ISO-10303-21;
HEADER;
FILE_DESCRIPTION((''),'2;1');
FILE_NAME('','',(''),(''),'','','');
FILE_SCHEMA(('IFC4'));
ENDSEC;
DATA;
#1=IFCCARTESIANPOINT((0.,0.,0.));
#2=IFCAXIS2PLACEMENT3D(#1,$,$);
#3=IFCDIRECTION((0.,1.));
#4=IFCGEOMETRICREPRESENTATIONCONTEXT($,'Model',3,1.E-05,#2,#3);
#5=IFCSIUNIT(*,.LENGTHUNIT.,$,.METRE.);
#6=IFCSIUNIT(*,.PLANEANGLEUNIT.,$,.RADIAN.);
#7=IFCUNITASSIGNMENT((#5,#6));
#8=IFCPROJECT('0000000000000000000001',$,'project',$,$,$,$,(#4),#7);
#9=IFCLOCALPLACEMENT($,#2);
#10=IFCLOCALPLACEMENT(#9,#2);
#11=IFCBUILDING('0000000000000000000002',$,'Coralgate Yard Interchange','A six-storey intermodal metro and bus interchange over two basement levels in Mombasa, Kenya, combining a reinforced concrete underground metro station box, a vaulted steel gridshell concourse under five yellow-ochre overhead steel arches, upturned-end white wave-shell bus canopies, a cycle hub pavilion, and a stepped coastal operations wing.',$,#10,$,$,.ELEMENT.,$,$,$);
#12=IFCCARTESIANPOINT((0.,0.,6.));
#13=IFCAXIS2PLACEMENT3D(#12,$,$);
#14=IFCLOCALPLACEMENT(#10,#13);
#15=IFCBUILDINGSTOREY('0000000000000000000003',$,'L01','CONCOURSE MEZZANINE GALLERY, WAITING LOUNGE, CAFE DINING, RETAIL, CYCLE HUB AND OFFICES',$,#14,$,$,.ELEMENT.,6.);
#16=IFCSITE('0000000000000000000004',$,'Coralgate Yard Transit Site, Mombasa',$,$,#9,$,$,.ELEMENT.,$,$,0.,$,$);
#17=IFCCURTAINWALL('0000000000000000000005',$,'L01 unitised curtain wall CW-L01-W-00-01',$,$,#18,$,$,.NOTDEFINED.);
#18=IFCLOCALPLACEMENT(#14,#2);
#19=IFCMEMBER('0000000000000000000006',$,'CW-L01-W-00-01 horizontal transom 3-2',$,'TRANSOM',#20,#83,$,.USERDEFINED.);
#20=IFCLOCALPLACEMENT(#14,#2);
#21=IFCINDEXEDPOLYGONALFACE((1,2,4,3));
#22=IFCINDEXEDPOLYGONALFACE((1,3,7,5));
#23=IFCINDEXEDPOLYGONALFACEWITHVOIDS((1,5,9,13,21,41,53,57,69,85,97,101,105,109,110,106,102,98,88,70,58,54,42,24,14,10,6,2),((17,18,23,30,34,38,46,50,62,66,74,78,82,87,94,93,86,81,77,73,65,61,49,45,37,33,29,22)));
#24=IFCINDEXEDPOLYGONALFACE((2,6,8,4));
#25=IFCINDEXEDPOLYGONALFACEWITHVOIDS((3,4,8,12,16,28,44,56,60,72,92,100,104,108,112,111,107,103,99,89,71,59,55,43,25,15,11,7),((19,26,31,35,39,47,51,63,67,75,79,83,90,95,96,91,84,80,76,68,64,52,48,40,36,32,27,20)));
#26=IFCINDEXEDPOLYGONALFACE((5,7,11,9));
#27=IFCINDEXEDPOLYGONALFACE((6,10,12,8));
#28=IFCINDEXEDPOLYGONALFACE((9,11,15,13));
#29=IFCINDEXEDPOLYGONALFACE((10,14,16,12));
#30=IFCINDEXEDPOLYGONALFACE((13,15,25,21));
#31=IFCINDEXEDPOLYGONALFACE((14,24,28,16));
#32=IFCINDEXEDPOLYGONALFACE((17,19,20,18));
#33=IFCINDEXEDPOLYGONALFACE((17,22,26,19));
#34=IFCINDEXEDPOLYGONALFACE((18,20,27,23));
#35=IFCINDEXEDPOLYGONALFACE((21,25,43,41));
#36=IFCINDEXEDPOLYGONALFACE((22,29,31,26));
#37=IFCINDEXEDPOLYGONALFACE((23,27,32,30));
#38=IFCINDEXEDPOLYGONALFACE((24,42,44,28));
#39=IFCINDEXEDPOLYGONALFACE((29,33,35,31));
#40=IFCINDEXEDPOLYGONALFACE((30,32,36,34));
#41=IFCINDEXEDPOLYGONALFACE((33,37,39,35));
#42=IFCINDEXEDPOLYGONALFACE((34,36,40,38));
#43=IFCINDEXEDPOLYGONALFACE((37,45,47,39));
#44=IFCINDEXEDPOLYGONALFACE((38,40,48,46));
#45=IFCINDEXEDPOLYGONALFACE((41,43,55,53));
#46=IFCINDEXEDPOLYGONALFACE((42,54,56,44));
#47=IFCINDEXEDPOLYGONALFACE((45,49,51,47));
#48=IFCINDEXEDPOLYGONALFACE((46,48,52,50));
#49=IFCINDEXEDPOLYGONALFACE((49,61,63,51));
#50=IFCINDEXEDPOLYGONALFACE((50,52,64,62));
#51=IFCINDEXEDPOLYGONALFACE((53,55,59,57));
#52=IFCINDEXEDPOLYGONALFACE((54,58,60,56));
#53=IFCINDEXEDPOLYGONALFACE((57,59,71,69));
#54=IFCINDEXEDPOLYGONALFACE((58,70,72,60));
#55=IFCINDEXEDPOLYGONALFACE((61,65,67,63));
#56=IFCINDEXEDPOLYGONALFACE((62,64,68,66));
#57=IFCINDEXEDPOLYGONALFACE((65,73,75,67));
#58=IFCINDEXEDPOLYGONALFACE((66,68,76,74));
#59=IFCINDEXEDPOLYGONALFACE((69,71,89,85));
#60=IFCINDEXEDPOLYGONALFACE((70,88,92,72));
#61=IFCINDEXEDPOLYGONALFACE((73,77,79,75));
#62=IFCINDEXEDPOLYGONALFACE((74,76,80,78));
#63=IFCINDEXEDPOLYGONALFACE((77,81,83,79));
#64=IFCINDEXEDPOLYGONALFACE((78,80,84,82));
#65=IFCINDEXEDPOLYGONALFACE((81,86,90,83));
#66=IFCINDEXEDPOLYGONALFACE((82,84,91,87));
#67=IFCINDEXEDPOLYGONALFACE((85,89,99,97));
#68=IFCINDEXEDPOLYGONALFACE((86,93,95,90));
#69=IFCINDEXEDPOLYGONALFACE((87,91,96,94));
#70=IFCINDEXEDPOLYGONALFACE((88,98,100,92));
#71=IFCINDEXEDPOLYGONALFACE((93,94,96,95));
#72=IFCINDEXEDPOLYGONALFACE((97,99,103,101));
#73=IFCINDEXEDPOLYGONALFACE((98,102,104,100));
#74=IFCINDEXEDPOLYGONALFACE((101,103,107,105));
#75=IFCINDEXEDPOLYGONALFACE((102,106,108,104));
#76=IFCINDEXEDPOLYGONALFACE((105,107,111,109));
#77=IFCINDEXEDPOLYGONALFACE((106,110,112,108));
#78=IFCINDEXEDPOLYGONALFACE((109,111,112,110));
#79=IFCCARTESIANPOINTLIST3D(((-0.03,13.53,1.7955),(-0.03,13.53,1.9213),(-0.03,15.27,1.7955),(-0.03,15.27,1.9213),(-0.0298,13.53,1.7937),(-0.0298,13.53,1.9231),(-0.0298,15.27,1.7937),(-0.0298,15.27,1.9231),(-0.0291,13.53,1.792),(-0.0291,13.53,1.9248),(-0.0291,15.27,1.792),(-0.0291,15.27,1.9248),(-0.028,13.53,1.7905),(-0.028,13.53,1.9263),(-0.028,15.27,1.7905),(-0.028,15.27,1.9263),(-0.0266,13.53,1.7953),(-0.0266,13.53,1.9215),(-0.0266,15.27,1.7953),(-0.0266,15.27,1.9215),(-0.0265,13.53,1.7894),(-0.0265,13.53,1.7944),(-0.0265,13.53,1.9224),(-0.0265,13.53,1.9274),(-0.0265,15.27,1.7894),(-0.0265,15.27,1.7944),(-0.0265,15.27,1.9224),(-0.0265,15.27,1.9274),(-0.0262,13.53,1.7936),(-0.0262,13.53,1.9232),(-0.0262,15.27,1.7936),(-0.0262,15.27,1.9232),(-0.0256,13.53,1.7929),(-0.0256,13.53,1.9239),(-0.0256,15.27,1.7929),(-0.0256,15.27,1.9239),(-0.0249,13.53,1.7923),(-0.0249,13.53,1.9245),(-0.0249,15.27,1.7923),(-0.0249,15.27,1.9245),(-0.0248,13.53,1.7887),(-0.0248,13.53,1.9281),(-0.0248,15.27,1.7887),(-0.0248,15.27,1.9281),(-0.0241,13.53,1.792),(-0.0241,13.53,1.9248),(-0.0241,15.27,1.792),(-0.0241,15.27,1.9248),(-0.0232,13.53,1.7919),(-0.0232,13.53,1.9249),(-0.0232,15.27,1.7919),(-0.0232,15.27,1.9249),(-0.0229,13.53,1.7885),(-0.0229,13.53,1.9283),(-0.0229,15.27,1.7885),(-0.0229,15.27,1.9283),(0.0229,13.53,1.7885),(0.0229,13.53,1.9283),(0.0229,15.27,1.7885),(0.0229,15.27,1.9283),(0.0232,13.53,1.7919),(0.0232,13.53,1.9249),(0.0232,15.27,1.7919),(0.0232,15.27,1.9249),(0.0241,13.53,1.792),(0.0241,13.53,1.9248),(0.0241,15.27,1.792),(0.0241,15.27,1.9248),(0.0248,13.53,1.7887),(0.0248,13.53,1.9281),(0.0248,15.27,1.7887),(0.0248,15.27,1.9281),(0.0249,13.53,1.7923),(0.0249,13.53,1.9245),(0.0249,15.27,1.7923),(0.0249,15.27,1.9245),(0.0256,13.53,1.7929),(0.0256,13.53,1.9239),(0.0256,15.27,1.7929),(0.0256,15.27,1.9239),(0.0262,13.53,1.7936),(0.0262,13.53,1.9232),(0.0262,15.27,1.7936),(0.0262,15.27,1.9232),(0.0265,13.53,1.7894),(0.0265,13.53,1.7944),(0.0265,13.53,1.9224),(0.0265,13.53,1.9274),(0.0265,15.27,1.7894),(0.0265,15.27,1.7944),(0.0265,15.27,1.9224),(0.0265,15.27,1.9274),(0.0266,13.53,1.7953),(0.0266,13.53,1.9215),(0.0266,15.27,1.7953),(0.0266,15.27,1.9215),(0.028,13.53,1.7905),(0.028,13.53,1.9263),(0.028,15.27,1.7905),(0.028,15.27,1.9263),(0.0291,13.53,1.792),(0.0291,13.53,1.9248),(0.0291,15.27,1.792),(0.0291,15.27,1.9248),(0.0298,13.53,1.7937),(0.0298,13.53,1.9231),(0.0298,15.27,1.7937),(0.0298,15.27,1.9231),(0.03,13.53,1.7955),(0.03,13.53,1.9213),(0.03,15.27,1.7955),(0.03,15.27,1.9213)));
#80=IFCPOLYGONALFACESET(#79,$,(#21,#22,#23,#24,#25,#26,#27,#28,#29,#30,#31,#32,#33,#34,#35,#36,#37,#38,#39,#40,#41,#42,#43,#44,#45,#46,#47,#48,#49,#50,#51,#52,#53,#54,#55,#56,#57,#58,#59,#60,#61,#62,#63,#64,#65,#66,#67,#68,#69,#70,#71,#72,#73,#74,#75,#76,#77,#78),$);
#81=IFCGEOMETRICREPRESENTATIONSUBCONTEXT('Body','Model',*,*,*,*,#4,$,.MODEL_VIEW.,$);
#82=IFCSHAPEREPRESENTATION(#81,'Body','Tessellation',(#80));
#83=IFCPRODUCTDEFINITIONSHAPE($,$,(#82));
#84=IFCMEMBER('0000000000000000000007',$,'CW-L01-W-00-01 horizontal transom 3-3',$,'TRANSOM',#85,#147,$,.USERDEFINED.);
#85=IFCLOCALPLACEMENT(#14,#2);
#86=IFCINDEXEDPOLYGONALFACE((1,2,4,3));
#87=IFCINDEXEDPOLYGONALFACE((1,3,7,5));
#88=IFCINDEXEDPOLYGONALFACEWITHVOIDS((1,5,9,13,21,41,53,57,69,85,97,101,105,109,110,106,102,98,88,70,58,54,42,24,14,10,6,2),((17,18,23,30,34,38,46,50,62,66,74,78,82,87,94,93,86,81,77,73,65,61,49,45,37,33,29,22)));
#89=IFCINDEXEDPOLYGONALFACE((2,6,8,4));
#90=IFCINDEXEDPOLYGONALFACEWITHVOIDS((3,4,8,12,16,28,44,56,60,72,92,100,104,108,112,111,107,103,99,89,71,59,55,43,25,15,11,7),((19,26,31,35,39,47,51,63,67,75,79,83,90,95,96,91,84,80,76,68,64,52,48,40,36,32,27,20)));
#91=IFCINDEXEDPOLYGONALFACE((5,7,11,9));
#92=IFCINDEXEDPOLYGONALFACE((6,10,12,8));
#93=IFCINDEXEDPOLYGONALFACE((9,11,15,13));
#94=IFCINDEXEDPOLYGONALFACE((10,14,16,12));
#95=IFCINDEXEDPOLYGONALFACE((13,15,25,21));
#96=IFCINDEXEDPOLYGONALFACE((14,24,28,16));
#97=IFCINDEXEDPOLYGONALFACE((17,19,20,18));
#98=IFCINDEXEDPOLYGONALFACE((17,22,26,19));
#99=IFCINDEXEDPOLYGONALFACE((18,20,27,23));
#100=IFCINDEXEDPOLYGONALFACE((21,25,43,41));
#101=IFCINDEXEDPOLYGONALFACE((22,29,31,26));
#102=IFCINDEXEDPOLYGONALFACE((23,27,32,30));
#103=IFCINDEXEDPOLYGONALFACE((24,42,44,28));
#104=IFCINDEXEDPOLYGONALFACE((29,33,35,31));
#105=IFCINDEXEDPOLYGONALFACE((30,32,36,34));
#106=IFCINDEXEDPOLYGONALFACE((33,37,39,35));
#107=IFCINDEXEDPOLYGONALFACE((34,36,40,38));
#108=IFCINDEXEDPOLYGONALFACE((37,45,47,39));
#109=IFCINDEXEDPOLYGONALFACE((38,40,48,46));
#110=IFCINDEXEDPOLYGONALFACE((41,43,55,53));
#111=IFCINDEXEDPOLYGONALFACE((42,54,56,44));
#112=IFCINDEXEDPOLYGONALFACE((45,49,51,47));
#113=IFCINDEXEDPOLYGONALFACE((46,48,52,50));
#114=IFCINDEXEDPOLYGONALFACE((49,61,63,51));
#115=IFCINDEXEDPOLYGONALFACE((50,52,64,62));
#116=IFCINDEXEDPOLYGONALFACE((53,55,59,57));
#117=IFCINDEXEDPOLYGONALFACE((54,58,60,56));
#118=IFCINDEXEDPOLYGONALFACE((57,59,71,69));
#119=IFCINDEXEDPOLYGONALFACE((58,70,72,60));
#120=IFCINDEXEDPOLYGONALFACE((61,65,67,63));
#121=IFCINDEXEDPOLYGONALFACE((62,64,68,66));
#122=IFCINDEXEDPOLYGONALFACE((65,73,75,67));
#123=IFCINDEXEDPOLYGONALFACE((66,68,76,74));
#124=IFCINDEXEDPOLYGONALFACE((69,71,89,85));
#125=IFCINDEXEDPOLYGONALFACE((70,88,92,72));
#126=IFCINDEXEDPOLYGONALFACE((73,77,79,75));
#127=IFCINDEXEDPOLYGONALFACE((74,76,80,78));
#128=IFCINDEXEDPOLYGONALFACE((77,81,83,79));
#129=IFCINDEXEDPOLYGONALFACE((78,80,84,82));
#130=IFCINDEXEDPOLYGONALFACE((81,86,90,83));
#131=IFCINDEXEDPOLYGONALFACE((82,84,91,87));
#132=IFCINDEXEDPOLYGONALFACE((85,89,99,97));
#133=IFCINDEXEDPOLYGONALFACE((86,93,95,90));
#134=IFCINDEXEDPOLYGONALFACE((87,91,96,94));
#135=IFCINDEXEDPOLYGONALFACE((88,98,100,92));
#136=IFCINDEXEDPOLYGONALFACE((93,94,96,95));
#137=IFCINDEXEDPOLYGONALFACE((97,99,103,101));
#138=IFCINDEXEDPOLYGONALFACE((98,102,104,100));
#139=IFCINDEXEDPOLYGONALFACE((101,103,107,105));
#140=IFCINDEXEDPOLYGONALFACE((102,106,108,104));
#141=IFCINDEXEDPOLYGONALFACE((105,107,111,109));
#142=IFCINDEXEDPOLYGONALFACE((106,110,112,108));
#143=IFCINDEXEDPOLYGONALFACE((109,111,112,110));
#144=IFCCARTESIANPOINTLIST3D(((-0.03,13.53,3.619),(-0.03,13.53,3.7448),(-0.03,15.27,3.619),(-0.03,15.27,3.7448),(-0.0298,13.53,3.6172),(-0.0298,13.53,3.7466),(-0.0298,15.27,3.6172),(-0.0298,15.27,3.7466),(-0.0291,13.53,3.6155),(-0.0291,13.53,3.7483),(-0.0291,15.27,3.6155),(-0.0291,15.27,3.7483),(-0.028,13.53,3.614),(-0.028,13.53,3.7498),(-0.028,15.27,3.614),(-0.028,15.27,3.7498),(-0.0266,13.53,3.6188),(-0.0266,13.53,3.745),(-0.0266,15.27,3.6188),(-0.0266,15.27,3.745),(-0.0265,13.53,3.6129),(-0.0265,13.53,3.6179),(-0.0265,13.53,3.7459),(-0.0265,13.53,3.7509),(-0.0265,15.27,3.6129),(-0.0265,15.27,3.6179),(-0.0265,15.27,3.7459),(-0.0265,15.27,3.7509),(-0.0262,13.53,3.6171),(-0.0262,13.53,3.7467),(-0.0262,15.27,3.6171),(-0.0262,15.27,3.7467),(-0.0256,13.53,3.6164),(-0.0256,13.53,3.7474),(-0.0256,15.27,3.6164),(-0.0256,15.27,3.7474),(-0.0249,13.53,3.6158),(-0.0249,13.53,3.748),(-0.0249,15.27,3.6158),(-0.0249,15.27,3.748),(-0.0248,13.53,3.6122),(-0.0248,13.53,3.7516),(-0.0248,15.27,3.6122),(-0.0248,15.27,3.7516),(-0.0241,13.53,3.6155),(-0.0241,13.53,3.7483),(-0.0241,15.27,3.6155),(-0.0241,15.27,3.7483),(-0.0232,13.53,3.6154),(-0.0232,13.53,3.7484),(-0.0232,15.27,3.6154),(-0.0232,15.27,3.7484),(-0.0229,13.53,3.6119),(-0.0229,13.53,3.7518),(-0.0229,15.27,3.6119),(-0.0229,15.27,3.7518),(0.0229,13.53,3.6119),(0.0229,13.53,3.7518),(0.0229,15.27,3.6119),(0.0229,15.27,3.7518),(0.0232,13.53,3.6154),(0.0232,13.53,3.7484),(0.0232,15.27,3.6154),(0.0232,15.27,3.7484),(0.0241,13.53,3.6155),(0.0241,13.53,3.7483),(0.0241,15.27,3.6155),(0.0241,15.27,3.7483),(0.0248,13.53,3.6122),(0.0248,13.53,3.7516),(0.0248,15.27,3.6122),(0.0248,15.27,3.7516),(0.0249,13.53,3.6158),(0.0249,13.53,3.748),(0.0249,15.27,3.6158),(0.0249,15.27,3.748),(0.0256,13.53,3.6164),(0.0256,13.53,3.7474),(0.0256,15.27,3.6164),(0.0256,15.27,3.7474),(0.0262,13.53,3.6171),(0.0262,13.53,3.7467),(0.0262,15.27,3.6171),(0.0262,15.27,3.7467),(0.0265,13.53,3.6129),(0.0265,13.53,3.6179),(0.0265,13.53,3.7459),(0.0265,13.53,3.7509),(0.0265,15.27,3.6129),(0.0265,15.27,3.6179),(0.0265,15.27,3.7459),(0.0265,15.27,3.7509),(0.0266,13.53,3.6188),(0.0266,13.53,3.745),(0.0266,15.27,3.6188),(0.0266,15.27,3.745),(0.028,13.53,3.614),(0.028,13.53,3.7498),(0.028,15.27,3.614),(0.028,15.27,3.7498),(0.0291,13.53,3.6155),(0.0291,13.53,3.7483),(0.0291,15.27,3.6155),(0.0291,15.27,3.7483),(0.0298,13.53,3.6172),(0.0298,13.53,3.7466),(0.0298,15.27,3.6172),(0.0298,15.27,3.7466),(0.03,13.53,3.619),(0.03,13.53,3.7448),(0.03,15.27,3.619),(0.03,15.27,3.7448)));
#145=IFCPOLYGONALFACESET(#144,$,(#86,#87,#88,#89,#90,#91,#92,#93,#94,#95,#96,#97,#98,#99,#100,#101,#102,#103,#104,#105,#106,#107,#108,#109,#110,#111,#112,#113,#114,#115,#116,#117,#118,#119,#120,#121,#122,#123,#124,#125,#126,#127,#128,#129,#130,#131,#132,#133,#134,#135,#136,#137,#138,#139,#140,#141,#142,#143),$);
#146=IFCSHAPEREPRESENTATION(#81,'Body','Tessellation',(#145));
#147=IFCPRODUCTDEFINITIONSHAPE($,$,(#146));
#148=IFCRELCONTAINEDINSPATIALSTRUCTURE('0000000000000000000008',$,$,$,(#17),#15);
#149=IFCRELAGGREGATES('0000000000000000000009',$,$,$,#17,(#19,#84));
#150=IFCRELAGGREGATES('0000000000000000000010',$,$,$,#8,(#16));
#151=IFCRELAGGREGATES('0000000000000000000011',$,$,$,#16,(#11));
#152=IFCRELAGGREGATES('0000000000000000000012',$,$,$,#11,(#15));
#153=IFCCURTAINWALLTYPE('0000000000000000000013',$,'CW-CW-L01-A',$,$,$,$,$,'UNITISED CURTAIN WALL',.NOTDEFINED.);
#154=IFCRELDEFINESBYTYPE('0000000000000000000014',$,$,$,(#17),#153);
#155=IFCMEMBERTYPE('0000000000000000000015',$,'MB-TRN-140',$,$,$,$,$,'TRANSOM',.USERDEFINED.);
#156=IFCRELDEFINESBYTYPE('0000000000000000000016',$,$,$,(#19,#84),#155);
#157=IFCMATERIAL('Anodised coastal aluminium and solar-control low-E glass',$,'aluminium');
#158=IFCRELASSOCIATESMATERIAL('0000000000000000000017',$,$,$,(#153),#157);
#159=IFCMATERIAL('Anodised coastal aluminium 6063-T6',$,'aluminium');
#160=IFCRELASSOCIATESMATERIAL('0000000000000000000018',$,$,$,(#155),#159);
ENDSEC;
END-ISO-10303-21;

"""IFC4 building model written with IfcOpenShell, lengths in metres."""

from ifc_helpers import new_model, si_unit, direction, frame, origin, origin_2d, place, context, subcontext, project, spatial, hollow_rectangle, extrude, material, material_profile, profile_set, type_object, element, aggregate, save


model = new_model("IFC4")

# Units and contexts
model_context = context("Model", 3, precision=1e-05, world=origin(), true_north=direction((0.0, 1.0)))
body_context = subcontext(model_context, "Body", "Model", "MODEL_VIEW")
ifc_project = project(units=[si_unit("LENGTHUNIT", "METRE"), si_unit("PLANEANGLEUNIT", "RADIAN")], contexts=[model_context])

# Site, building, storey
site_placement = place(None, origin())
site = spatial("IfcSite", under=ifc_project, at=site_placement, Name="Coralgate Yard Transit Site, Mombasa", CompositionType="ELEMENT", RefElevation=0.0)
building_placement = place(site_placement, origin())
building = spatial("IfcBuilding", under=site, at=building_placement, Name="Coralgate Yard Interchange", Description="A six-storey intermodal metro and bus interchange over two basement levels in Mombasa, Kenya, combining a reinforced concrete underground metro station box, a vaulted steel gridshell concourse under five yellow-ochre overhead steel arches, upturned-end white wave-shell bus canopies, a cycle hub pavilion, and a stepped coastal operations wing.", CompositionType="ELEMENT")
storey_placement = place(building_placement, frame((0.0, 0.0, 6.0)))
storey = spatial("IfcBuildingStorey", under=building, at=storey_placement, Name="L01", Description="CONCOURSE MEZZANINE GALLERY, WAITING LOUNGE, CAFE DINING, RETAIL, CYCLE HUB AND OFFICES", CompositionType="ELEMENT", Elevation=6.0)

# Curtain wall, members
ifc_material_1 = material(Name="Anodised coastal aluminium and solar-control low-E glass", Category="aluminium")
curtain_wall_type = type_object("IfcCurtainWallType", Name="CW-CW-L01-A", ElementType="UNITISED CURTAIN WALL", PredefinedType="NOTDEFINED", material=ifc_material_1)
curtain_wall_placement = place(storey_placement, origin())
curtain_wall = element("IfcCurtainWall", 1, at=curtain_wall_placement, inside=storey, type_object=curtain_wall_type, Name="L01 unitised curtain wall CW-L01-W-00-01", PredefinedType="NOTDEFINED")
ifc_material_2 = material(Name="Anodised coastal aluminium 6063-T6", Category="aluminium")
ifc_material_profile_1 = material_profile(ifc_material_2, hollow_rectangle(XDim=0.0601, YDim=0.1399, WallThickness=0.0034, InnerFilletRadius=0.0034, OuterFilletRadius=0.0071, at=origin_2d()), Name="ALU 60x140x3.5")
ifc_profile_set_1 = profile_set([ifc_material_profile_1], Name="Anodised coastal aluminium 6063-T6")
member_type_1 = type_object("IfcMemberType", Name="MB-TRN-140", ElementType="TRANSOM", PredefinedType="USERDEFINED", material=ifc_profile_set_1)
member_1_placement = place(storey_placement, frame((0.0, 13.53, 1.8584), z_axis=(0.0, 1.0, 0.0), x_axis=(-1.0, 0.0, 0.0)))
member_1 = element("IfcMember", 2, at=member_1_placement, type_object=member_type_1, Name="CW-L01-W-00-01 horizontal transom 3-2", ObjectType="TRANSOM", PredefinedType="USERDEFINED", context=body_context, shape_type="SweptSolid", body=[
    extrude(hollow_rectangle(XDim=0.0601, YDim=0.1399, WallThickness=0.0034, InnerFilletRadius=0.0034, OuterFilletRadius=0.0071, at=origin_2d()), origin(), (0.0, 0.0, 1.0), 1.74),
])
member_2_placement = place(storey_placement, frame((0.0, 13.53, 3.6819), z_axis=(0.0, 1.0, 0.0), x_axis=(-1.0, 0.0, 0.0)))
member_2 = element("IfcMember", 3, at=member_2_placement, type_object=member_type_1, Name="CW-L01-W-00-01 horizontal transom 3-3", ObjectType="TRANSOM", PredefinedType="USERDEFINED", context=body_context, shape_type="SweptSolid", body=[
    extrude(hollow_rectangle(XDim=0.0601, YDim=0.1399, WallThickness=0.0034, InnerFilletRadius=0.0034, OuterFilletRadius=0.0071, at=origin_2d()), origin(), (0.0, 0.0, 1.0), 1.74),
])
aggregate(curtain_wall, [member_1, member_2])

save(model, "model.ifc")
